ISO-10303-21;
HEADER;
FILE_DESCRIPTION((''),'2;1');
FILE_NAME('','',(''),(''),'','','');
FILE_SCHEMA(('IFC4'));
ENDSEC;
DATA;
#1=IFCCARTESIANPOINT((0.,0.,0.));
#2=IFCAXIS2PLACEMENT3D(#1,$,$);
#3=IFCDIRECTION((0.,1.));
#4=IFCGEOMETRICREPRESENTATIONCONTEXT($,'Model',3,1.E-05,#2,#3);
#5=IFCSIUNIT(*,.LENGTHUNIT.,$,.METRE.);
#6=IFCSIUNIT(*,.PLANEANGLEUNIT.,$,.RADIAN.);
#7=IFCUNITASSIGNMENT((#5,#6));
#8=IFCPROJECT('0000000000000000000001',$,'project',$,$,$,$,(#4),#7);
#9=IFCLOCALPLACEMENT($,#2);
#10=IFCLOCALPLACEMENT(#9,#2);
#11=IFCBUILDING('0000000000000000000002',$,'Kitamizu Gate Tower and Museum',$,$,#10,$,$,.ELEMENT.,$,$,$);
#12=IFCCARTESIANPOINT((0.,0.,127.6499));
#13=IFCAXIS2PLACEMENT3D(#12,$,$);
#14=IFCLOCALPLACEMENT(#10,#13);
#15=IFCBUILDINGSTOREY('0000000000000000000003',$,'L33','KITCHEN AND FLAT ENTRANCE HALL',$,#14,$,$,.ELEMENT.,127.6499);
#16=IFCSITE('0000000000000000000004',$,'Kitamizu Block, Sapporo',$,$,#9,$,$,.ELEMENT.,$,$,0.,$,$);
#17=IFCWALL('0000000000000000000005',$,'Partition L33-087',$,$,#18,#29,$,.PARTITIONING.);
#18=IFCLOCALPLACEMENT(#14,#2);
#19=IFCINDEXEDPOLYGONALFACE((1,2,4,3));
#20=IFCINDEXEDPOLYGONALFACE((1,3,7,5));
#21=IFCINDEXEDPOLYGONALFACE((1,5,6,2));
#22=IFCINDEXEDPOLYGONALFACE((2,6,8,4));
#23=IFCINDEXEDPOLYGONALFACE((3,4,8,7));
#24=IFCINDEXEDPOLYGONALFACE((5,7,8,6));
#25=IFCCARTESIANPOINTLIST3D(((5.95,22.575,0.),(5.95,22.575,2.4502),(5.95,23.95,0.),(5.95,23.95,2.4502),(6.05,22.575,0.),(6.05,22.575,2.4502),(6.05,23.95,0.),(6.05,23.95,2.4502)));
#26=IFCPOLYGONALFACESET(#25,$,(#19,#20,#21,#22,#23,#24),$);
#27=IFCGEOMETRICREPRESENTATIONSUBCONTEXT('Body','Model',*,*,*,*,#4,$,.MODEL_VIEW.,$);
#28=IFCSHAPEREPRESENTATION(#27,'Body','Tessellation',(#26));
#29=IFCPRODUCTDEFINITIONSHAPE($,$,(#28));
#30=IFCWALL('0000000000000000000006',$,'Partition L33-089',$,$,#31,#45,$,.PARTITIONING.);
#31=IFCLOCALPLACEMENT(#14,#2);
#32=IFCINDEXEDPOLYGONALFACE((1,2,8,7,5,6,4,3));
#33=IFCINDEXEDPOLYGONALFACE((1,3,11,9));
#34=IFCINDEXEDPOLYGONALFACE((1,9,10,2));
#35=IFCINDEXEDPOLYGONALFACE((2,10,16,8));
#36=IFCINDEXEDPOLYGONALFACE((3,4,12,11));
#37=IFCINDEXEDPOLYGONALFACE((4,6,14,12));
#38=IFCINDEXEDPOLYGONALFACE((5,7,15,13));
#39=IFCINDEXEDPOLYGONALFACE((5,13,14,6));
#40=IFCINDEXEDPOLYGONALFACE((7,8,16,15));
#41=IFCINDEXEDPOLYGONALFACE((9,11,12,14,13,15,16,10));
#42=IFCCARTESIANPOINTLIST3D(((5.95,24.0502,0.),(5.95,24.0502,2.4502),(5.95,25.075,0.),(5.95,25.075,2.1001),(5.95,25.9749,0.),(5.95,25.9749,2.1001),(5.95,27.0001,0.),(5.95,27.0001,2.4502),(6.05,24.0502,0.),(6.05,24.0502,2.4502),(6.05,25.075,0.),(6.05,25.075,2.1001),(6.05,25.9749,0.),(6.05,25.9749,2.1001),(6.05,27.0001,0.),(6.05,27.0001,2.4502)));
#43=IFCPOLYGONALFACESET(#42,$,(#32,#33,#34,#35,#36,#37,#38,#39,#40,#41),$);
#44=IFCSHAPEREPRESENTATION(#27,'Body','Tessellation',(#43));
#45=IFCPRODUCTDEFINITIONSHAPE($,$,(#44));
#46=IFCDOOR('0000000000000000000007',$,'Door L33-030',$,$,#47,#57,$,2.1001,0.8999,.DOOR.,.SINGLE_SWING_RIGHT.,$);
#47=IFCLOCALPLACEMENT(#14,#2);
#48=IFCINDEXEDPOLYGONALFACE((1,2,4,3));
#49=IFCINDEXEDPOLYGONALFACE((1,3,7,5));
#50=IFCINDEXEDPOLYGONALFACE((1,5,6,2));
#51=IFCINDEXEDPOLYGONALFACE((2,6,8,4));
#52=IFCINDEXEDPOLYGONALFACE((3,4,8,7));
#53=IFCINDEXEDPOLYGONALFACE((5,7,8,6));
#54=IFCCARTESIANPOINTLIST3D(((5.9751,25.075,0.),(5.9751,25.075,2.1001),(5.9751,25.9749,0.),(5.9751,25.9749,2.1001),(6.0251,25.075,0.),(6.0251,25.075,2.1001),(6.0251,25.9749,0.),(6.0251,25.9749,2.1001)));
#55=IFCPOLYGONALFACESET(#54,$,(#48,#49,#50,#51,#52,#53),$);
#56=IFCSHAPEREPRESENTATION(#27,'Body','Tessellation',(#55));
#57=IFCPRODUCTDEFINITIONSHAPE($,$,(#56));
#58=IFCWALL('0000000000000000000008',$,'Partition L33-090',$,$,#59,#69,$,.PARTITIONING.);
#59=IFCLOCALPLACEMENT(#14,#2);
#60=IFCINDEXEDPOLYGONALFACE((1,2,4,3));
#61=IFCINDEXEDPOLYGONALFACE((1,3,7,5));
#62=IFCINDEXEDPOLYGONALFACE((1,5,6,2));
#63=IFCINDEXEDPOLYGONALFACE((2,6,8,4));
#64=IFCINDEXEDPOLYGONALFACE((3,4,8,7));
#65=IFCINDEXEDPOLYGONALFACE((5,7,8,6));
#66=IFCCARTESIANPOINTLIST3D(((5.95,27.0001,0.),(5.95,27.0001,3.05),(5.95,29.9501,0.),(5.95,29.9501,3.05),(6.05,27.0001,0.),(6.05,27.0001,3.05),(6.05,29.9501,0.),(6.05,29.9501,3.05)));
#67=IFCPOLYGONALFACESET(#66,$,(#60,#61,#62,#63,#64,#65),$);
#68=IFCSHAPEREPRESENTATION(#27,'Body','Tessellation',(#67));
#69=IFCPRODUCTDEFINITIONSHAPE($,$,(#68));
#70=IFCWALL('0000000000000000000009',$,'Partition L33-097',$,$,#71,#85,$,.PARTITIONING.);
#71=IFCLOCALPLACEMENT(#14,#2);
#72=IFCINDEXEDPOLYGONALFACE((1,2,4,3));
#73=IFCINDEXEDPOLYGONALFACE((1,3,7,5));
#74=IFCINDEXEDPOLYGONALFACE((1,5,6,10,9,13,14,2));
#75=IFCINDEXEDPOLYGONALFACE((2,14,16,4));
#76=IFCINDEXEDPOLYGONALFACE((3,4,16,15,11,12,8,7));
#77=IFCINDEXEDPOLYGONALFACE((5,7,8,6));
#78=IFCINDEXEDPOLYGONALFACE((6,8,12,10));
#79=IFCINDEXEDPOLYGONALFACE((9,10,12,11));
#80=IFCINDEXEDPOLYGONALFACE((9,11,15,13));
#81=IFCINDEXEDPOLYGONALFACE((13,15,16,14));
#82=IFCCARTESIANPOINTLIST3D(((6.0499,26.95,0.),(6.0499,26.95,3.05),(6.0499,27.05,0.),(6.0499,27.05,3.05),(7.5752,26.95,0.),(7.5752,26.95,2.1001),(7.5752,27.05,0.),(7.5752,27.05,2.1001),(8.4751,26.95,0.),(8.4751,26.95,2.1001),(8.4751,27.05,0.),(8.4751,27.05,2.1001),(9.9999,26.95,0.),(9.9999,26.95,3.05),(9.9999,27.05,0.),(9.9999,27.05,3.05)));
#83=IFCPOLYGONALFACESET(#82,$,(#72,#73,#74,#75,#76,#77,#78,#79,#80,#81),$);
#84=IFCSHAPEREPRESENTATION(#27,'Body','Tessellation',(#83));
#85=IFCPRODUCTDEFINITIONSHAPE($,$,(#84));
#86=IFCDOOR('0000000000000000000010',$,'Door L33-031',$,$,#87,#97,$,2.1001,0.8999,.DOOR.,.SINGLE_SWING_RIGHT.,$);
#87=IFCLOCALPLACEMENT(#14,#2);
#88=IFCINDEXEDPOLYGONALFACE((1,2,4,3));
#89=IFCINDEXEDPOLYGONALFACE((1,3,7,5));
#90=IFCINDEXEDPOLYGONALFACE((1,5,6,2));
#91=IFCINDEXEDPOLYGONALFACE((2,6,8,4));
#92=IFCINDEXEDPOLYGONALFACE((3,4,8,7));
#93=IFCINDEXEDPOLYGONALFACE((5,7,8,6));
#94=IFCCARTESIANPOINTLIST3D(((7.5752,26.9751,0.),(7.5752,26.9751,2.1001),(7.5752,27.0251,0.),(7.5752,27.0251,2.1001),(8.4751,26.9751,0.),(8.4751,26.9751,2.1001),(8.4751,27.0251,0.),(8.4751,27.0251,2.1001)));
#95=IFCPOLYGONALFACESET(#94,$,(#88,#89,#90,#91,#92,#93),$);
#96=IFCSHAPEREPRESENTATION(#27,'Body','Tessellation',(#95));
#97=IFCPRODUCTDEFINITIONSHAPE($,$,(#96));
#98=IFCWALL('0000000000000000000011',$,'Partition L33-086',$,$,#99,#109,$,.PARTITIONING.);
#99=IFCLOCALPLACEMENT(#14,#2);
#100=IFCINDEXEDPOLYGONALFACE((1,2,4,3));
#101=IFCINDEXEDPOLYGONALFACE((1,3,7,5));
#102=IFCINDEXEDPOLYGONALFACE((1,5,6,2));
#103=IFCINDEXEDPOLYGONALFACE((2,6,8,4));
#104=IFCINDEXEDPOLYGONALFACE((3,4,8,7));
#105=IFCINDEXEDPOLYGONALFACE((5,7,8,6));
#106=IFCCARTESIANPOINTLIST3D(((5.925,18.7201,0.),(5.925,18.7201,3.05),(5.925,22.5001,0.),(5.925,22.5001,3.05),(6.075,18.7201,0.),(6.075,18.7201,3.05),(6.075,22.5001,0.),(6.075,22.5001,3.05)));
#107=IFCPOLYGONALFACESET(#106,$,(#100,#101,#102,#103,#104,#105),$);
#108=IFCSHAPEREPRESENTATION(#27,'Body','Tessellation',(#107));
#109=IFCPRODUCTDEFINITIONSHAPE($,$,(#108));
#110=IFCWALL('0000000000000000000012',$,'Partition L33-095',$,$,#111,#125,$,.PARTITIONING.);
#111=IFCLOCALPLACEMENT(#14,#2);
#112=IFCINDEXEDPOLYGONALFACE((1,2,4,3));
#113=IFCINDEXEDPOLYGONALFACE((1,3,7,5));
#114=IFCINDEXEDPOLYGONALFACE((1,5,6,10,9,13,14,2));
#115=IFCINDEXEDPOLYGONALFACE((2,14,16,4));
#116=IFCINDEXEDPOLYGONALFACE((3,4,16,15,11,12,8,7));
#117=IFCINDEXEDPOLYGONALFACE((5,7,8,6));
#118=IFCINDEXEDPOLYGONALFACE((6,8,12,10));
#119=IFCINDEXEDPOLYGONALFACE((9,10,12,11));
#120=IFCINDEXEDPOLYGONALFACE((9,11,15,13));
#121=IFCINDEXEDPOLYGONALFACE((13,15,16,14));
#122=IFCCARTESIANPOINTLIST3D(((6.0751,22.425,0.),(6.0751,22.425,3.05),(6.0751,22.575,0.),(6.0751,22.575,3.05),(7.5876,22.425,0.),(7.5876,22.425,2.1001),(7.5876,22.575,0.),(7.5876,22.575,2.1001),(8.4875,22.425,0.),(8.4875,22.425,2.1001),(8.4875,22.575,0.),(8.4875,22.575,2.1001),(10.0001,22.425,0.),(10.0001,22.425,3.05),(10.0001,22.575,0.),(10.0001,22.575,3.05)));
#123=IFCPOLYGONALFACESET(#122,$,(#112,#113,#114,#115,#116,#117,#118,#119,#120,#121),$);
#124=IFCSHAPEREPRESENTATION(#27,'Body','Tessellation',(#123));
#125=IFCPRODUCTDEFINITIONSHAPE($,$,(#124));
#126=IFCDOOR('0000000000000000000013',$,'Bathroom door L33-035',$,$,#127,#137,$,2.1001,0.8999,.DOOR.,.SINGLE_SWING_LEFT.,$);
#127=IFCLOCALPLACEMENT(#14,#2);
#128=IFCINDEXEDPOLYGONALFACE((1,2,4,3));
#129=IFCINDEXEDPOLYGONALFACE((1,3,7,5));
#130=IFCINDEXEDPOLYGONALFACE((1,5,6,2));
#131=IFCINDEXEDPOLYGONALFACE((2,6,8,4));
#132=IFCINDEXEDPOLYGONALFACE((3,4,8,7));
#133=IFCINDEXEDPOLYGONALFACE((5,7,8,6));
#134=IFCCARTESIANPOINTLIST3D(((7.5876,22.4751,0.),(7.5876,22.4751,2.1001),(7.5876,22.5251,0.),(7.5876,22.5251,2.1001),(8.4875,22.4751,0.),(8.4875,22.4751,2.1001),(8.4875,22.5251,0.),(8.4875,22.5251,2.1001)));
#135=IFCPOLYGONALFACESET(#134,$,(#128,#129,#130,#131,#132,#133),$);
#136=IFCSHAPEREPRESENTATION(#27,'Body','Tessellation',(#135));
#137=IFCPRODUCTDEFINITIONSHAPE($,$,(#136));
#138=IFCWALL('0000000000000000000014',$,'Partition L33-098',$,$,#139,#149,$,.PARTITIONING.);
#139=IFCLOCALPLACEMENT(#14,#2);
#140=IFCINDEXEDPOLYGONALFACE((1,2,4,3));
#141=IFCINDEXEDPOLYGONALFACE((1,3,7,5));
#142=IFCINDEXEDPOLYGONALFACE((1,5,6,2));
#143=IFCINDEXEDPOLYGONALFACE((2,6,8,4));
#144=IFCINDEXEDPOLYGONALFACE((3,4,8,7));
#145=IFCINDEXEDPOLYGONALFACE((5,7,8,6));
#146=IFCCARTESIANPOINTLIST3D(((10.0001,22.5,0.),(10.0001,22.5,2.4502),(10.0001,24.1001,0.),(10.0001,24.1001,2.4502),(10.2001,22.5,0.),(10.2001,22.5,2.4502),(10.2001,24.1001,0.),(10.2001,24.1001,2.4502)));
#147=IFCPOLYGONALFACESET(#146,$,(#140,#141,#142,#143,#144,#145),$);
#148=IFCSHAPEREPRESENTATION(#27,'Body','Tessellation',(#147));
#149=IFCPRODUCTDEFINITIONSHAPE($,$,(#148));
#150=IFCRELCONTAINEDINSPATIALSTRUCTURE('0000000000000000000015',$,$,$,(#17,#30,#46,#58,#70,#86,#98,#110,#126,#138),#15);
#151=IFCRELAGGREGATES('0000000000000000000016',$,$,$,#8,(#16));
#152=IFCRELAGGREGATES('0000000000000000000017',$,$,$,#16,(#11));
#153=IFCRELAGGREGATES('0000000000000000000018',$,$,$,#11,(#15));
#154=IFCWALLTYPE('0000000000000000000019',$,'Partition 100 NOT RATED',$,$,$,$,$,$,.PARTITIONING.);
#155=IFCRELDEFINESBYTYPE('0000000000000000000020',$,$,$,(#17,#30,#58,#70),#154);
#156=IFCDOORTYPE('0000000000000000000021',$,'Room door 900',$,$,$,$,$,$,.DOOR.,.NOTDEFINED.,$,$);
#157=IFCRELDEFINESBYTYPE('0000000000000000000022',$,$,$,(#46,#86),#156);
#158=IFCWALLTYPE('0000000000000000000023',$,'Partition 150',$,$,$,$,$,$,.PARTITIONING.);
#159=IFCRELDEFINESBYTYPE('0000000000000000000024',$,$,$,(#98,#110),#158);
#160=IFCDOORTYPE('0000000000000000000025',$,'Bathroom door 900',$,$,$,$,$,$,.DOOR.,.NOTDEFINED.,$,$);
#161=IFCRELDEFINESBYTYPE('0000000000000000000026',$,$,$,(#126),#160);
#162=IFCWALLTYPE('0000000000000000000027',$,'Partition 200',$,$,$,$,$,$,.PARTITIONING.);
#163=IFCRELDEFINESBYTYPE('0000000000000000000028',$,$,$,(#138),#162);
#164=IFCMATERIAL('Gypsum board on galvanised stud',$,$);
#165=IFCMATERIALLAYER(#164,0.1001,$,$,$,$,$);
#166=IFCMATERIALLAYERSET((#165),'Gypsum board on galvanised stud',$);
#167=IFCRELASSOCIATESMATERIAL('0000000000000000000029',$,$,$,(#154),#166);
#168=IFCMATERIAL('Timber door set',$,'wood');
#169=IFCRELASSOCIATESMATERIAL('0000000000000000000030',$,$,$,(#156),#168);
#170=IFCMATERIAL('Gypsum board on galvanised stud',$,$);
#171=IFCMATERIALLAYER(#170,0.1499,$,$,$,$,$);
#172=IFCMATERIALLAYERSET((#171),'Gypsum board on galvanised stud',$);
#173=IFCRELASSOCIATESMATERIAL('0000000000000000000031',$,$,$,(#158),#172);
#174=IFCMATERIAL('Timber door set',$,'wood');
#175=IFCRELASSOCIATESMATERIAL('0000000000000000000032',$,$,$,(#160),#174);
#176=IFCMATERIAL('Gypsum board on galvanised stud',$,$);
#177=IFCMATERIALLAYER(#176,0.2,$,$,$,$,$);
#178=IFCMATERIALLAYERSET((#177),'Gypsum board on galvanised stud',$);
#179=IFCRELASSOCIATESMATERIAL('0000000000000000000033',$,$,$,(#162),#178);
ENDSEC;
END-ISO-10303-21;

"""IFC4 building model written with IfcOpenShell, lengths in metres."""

from ifc_helpers import new_model, si_unit, direction, frame, frame_2d, origin, place, context, subcontext, project, spatial, rectangle, extrude, material, layer, layer_set, type_object, element, fill, save


model = new_model("IFC4")

# Units and contexts
model_context = context("Model", 3, precision=1e-05, world=origin(), true_north=direction((0.0, 1.0)))
body_context = subcontext(model_context, "Body", "Model", "MODEL_VIEW")
ifc_project = project(units=[si_unit("LENGTHUNIT", "METRE"), si_unit("PLANEANGLEUNIT", "RADIAN")], contexts=[model_context])

# Site, building, storey
site_placement = place(None, origin())
site = spatial("IfcSite", under=ifc_project, at=site_placement, Name="Kitamizu Block, Sapporo", CompositionType="ELEMENT", RefElevation=0.0)
building_placement = place(site_placement, origin())
building = spatial("IfcBuilding", under=site, at=building_placement, Name="Kitamizu Gate Tower and Museum", CompositionType="ELEMENT")
storey_placement = place(building_placement, frame((0.0, 0.0, 127.6499)))
storey = spatial("IfcBuildingStorey", under=building, at=storey_placement, Name="L33", Description="KITCHEN AND FLAT ENTRANCE HALL", CompositionType="ELEMENT", Elevation=127.6499)

# Shared definitions
ifc_material_1 = material(Name="Gypsum board on galvanised stud")
ifc_layer_1 = layer(ifc_material_1, 0.1001)
ifc_layer_set_1 = layer_set([ifc_layer_1], Name="Gypsum board on galvanised stud")
wall_type_1 = type_object("IfcWallType", Name="Partition 100 NOT RATED", PredefinedType="PARTITIONING", material=ifc_layer_set_1)
ifc_material_2 = material(Name="Timber door set", Category="wood")
door_type_1 = type_object("IfcDoorType", Name="Room door 900", OperationType="NOTDEFINED", PredefinedType="DOOR", material=ifc_material_2)

# Wall
wall_1_placement = place(storey_placement, frame((6.0, 22.575, 0.0), z_axis=(0.0, 0.0, 1.0), x_axis=(0.0, 1.0, 0.0)))
element("IfcWall", 1, at=wall_1_placement, inside=storey, type_object=wall_type_1, Name="Partition L33-087", PredefinedType="PARTITIONING", context=body_context, shape_type="SweptSolid", body=[
    extrude(rectangle(XDim=1.375, YDim=0.1001, at=frame_2d((0.6875, 0.0))), origin(), (0.0, 0.0, 1.0), 2.4502),
])

# Wall, opening, door
wall_2_placement = place(storey_placement, frame((6.0, 24.05, 0.0), z_axis=(0.0, 0.0, 1.0), x_axis=(0.0, 1.0, 0.0)))
wall_2 = element("IfcWall", 2, at=wall_2_placement, inside=storey, type_object=wall_type_1, Name="Partition L33-089", PredefinedType="PARTITIONING", context=body_context, shape_type="SweptSolid", body=[
    extrude(rectangle(XDim=2.95, YDim=0.1001, at=frame_2d((1.4751, 0.0))), origin(), (0.0, 0.0, 1.0), 2.4502),
])
opening_1_placement = place(wall_2_placement, frame((1.0249, 0.0, 0.0)))
opening_1 = element("IfcOpeningElement", 3, at=opening_1_placement, cuts=wall_2, PredefinedType="OPENING", context=body_context, shape_type="SweptSolid", body=[
    extrude(rectangle(XDim=0.8999, YDim=2.1001, at=frame_2d((0.45, 1.05))), frame((0.0, 0.0601, 0.0), z_axis=(0.0, -1.0, 0.0), x_axis=(1.0, 0.0, 0.0)), (0.0, 0.0, 1.0), 0.1201),
])
door_1_placement = place(opening_1_placement, origin())
door_1 = element("IfcDoor", 4, at=door_1_placement, inside=storey, type_object=door_type_1, Name="Door L33-030", OperationType="SINGLE_SWING_RIGHT", OverallHeight=2.1001, OverallWidth=0.8999, PredefinedType="DOOR", context=body_context, shape_type="SweptSolid", body=[
    extrude(rectangle(XDim=0.8999, YDim=2.1001, at=frame_2d((0.45, 1.05))), frame((0.0, 0.0249, 0.0), z_axis=(0.0, -1.0, 0.0), x_axis=(1.0, 0.0, 0.0)), (0.0, 0.0, 1.0), 0.05),
])
fill(opening_1, door_1)

# Wall
wall_3_placement = place(storey_placement, frame((6.0, 27.0, 0.0), z_axis=(0.0, 0.0, 1.0), x_axis=(0.0, 1.0, 0.0)))
element("IfcWall", 5, at=wall_3_placement, inside=storey, type_object=wall_type_1, Name="Partition L33-090", PredefinedType="PARTITIONING", context=body_context, shape_type="SweptSolid", body=[
    extrude(rectangle(XDim=2.95, YDim=0.1001, at=frame_2d((1.4751, 0.0))), origin(), (0.0, 0.0, 1.0), 3.05),
])

# Wall, opening, door
wall_4_placement = place(storey_placement, frame((10.0, 27.0, 0.0), z_axis=(0.0, 0.0, 1.0), x_axis=(-1.0, 0.0, 0.0)))
wall_4 = element("IfcWall", 6, at=wall_4_placement, inside=storey, type_object=wall_type_1, Name="Partition L33-097", PredefinedType="PARTITIONING", context=body_context, shape_type="SweptSolid", body=[
    extrude(rectangle(XDim=3.95, YDim=0.1001, at=frame_2d((1.9751, 0.0))), origin(), (0.0, 0.0, 1.0), 3.05),
])
opening_2_placement = place(wall_4_placement, frame((1.5249, 0.0, 0.0)))
opening_2 = element("IfcOpeningElement", 7, at=opening_2_placement, cuts=wall_4, PredefinedType="OPENING", context=body_context, shape_type="SweptSolid", body=[
    extrude(rectangle(XDim=0.8999, YDim=2.1001, at=frame_2d((0.45, 1.05))), frame((0.0, 0.0601, 0.0), z_axis=(0.0, -1.0, 0.0), x_axis=(1.0, 0.0, 0.0)), (0.0, 0.0, 1.0), 0.1201),
])
door_2_placement = place(opening_2_placement, origin())
door_2 = element("IfcDoor", 8, at=door_2_placement, inside=storey, type_object=door_type_1, Name="Door L33-031", OperationType="SINGLE_SWING_RIGHT", OverallHeight=2.1001, OverallWidth=0.8999, PredefinedType="DOOR", context=body_context, shape_type="SweptSolid", body=[
    extrude(rectangle(XDim=0.8999, YDim=2.1001, at=frame_2d((0.45, 1.05))), frame((0.0, 0.0249, 0.0), z_axis=(0.0, -1.0, 0.0), x_axis=(1.0, 0.0, 0.0)), (0.0, 0.0, 1.0), 0.05),
])
fill(opening_2, door_2)

# Wall
ifc_material_3 = material(Name="Gypsum board on galvanised stud")
ifc_layer_2 = layer(ifc_material_3, 0.1499)
ifc_layer_set_2 = layer_set([ifc_layer_2], Name="Gypsum board on galvanised stud")
wall_type_2 = type_object("IfcWallType", Name="Partition 150", PredefinedType="PARTITIONING", material=ifc_layer_set_2)
wall_5_placement = place(storey_placement, frame((6.0, 18.72, 0.0), z_axis=(0.0, 0.0, 1.0), x_axis=(0.0, 1.0, 0.0)))
element("IfcWall", 9, at=wall_5_placement, inside=storey, type_object=wall_type_2, Name="Partition L33-086", PredefinedType="PARTITIONING", context=body_context, shape_type="SweptSolid", body=[
    extrude(rectangle(XDim=3.78, YDim=0.1499, at=frame_2d((1.8901, 0.0))), origin(), (0.0, 0.0, 1.0), 3.05),
])

# Wall, opening, door
wall_6_placement = place(storey_placement, frame((10.0, 22.5, 0.0), z_axis=(0.0, 0.0, 1.0), x_axis=(-1.0, 0.0, 0.0)))
wall_6 = element("IfcWall", 10, at=wall_6_placement, inside=storey, type_object=wall_type_2, Name="Partition L33-095", PredefinedType="PARTITIONING", context=body_context, shape_type="SweptSolid", body=[
    extrude(rectangle(XDim=3.925, YDim=0.1499, at=frame_2d((1.9624, 0.0))), origin(), (0.0, 0.0, 1.0), 3.05),
])
opening_3_placement = place(wall_6_placement, frame((1.5125, 0.0, 0.0)))
opening_3 = element("IfcOpeningElement", 11, at=opening_3_placement, cuts=wall_6, PredefinedType="OPENING", context=body_context, shape_type="SweptSolid", body=[
    extrude(rectangle(XDim=0.8999, YDim=2.1001, at=frame_2d((0.45, 1.05))), frame((0.0, 0.085, 0.0), z_axis=(0.0, -1.0, 0.0), x_axis=(1.0, 0.0, 0.0)), (0.0, 0.0, 1.0), 0.1699),
])
ifc_material_4 = material(Name="Timber door set", Category="wood")
door_type_2 = type_object("IfcDoorType", Name="Bathroom door 900", OperationType="NOTDEFINED", PredefinedType="DOOR", material=ifc_material_4)
door_3_placement = place(opening_3_placement, origin())
door_3 = element("IfcDoor", 12, at=door_3_placement, inside=storey, type_object=door_type_2, Name="Bathroom door L33-035", OperationType="SINGLE_SWING_LEFT", OverallHeight=2.1001, OverallWidth=0.8999, PredefinedType="DOOR", context=body_context, shape_type="SweptSolid", body=[
    extrude(rectangle(XDim=0.8999, YDim=2.1001, at=frame_2d((0.45, 1.05))), frame((0.0, 0.0249, 0.0), z_axis=(0.0, -1.0, 0.0), x_axis=(1.0, 0.0, 0.0)), (0.0, 0.0, 1.0), 0.05),
])
fill(opening_3, door_3)

# Wall
ifc_material_5 = material(Name="Gypsum board on galvanised stud")
ifc_layer_3 = layer(ifc_material_5, 0.2)
ifc_layer_set_3 = layer_set([ifc_layer_3], Name="Gypsum board on galvanised stud")
wall_type_3 = type_object("IfcWallType", Name="Partition 200", PredefinedType="PARTITIONING", material=ifc_layer_set_3)
wall_7_placement = place(storey_placement, frame((10.1001, 22.5, 0.0), z_axis=(0.0, 0.0, 1.0), x_axis=(0.0, 1.0, 0.0)))
element("IfcWall", 13, at=wall_7_placement, inside=storey, type_object=wall_type_3, Name="Partition L33-098", PredefinedType="PARTITIONING", context=body_context, shape_type="SweptSolid", body=[
    extrude(rectangle(XDim=1.6001, YDim=0.2, at=frame_2d((0.8, 0.0))), origin(), (0.0, 0.0, 1.0), 2.4502),
])

save(model, "model.ifc")
